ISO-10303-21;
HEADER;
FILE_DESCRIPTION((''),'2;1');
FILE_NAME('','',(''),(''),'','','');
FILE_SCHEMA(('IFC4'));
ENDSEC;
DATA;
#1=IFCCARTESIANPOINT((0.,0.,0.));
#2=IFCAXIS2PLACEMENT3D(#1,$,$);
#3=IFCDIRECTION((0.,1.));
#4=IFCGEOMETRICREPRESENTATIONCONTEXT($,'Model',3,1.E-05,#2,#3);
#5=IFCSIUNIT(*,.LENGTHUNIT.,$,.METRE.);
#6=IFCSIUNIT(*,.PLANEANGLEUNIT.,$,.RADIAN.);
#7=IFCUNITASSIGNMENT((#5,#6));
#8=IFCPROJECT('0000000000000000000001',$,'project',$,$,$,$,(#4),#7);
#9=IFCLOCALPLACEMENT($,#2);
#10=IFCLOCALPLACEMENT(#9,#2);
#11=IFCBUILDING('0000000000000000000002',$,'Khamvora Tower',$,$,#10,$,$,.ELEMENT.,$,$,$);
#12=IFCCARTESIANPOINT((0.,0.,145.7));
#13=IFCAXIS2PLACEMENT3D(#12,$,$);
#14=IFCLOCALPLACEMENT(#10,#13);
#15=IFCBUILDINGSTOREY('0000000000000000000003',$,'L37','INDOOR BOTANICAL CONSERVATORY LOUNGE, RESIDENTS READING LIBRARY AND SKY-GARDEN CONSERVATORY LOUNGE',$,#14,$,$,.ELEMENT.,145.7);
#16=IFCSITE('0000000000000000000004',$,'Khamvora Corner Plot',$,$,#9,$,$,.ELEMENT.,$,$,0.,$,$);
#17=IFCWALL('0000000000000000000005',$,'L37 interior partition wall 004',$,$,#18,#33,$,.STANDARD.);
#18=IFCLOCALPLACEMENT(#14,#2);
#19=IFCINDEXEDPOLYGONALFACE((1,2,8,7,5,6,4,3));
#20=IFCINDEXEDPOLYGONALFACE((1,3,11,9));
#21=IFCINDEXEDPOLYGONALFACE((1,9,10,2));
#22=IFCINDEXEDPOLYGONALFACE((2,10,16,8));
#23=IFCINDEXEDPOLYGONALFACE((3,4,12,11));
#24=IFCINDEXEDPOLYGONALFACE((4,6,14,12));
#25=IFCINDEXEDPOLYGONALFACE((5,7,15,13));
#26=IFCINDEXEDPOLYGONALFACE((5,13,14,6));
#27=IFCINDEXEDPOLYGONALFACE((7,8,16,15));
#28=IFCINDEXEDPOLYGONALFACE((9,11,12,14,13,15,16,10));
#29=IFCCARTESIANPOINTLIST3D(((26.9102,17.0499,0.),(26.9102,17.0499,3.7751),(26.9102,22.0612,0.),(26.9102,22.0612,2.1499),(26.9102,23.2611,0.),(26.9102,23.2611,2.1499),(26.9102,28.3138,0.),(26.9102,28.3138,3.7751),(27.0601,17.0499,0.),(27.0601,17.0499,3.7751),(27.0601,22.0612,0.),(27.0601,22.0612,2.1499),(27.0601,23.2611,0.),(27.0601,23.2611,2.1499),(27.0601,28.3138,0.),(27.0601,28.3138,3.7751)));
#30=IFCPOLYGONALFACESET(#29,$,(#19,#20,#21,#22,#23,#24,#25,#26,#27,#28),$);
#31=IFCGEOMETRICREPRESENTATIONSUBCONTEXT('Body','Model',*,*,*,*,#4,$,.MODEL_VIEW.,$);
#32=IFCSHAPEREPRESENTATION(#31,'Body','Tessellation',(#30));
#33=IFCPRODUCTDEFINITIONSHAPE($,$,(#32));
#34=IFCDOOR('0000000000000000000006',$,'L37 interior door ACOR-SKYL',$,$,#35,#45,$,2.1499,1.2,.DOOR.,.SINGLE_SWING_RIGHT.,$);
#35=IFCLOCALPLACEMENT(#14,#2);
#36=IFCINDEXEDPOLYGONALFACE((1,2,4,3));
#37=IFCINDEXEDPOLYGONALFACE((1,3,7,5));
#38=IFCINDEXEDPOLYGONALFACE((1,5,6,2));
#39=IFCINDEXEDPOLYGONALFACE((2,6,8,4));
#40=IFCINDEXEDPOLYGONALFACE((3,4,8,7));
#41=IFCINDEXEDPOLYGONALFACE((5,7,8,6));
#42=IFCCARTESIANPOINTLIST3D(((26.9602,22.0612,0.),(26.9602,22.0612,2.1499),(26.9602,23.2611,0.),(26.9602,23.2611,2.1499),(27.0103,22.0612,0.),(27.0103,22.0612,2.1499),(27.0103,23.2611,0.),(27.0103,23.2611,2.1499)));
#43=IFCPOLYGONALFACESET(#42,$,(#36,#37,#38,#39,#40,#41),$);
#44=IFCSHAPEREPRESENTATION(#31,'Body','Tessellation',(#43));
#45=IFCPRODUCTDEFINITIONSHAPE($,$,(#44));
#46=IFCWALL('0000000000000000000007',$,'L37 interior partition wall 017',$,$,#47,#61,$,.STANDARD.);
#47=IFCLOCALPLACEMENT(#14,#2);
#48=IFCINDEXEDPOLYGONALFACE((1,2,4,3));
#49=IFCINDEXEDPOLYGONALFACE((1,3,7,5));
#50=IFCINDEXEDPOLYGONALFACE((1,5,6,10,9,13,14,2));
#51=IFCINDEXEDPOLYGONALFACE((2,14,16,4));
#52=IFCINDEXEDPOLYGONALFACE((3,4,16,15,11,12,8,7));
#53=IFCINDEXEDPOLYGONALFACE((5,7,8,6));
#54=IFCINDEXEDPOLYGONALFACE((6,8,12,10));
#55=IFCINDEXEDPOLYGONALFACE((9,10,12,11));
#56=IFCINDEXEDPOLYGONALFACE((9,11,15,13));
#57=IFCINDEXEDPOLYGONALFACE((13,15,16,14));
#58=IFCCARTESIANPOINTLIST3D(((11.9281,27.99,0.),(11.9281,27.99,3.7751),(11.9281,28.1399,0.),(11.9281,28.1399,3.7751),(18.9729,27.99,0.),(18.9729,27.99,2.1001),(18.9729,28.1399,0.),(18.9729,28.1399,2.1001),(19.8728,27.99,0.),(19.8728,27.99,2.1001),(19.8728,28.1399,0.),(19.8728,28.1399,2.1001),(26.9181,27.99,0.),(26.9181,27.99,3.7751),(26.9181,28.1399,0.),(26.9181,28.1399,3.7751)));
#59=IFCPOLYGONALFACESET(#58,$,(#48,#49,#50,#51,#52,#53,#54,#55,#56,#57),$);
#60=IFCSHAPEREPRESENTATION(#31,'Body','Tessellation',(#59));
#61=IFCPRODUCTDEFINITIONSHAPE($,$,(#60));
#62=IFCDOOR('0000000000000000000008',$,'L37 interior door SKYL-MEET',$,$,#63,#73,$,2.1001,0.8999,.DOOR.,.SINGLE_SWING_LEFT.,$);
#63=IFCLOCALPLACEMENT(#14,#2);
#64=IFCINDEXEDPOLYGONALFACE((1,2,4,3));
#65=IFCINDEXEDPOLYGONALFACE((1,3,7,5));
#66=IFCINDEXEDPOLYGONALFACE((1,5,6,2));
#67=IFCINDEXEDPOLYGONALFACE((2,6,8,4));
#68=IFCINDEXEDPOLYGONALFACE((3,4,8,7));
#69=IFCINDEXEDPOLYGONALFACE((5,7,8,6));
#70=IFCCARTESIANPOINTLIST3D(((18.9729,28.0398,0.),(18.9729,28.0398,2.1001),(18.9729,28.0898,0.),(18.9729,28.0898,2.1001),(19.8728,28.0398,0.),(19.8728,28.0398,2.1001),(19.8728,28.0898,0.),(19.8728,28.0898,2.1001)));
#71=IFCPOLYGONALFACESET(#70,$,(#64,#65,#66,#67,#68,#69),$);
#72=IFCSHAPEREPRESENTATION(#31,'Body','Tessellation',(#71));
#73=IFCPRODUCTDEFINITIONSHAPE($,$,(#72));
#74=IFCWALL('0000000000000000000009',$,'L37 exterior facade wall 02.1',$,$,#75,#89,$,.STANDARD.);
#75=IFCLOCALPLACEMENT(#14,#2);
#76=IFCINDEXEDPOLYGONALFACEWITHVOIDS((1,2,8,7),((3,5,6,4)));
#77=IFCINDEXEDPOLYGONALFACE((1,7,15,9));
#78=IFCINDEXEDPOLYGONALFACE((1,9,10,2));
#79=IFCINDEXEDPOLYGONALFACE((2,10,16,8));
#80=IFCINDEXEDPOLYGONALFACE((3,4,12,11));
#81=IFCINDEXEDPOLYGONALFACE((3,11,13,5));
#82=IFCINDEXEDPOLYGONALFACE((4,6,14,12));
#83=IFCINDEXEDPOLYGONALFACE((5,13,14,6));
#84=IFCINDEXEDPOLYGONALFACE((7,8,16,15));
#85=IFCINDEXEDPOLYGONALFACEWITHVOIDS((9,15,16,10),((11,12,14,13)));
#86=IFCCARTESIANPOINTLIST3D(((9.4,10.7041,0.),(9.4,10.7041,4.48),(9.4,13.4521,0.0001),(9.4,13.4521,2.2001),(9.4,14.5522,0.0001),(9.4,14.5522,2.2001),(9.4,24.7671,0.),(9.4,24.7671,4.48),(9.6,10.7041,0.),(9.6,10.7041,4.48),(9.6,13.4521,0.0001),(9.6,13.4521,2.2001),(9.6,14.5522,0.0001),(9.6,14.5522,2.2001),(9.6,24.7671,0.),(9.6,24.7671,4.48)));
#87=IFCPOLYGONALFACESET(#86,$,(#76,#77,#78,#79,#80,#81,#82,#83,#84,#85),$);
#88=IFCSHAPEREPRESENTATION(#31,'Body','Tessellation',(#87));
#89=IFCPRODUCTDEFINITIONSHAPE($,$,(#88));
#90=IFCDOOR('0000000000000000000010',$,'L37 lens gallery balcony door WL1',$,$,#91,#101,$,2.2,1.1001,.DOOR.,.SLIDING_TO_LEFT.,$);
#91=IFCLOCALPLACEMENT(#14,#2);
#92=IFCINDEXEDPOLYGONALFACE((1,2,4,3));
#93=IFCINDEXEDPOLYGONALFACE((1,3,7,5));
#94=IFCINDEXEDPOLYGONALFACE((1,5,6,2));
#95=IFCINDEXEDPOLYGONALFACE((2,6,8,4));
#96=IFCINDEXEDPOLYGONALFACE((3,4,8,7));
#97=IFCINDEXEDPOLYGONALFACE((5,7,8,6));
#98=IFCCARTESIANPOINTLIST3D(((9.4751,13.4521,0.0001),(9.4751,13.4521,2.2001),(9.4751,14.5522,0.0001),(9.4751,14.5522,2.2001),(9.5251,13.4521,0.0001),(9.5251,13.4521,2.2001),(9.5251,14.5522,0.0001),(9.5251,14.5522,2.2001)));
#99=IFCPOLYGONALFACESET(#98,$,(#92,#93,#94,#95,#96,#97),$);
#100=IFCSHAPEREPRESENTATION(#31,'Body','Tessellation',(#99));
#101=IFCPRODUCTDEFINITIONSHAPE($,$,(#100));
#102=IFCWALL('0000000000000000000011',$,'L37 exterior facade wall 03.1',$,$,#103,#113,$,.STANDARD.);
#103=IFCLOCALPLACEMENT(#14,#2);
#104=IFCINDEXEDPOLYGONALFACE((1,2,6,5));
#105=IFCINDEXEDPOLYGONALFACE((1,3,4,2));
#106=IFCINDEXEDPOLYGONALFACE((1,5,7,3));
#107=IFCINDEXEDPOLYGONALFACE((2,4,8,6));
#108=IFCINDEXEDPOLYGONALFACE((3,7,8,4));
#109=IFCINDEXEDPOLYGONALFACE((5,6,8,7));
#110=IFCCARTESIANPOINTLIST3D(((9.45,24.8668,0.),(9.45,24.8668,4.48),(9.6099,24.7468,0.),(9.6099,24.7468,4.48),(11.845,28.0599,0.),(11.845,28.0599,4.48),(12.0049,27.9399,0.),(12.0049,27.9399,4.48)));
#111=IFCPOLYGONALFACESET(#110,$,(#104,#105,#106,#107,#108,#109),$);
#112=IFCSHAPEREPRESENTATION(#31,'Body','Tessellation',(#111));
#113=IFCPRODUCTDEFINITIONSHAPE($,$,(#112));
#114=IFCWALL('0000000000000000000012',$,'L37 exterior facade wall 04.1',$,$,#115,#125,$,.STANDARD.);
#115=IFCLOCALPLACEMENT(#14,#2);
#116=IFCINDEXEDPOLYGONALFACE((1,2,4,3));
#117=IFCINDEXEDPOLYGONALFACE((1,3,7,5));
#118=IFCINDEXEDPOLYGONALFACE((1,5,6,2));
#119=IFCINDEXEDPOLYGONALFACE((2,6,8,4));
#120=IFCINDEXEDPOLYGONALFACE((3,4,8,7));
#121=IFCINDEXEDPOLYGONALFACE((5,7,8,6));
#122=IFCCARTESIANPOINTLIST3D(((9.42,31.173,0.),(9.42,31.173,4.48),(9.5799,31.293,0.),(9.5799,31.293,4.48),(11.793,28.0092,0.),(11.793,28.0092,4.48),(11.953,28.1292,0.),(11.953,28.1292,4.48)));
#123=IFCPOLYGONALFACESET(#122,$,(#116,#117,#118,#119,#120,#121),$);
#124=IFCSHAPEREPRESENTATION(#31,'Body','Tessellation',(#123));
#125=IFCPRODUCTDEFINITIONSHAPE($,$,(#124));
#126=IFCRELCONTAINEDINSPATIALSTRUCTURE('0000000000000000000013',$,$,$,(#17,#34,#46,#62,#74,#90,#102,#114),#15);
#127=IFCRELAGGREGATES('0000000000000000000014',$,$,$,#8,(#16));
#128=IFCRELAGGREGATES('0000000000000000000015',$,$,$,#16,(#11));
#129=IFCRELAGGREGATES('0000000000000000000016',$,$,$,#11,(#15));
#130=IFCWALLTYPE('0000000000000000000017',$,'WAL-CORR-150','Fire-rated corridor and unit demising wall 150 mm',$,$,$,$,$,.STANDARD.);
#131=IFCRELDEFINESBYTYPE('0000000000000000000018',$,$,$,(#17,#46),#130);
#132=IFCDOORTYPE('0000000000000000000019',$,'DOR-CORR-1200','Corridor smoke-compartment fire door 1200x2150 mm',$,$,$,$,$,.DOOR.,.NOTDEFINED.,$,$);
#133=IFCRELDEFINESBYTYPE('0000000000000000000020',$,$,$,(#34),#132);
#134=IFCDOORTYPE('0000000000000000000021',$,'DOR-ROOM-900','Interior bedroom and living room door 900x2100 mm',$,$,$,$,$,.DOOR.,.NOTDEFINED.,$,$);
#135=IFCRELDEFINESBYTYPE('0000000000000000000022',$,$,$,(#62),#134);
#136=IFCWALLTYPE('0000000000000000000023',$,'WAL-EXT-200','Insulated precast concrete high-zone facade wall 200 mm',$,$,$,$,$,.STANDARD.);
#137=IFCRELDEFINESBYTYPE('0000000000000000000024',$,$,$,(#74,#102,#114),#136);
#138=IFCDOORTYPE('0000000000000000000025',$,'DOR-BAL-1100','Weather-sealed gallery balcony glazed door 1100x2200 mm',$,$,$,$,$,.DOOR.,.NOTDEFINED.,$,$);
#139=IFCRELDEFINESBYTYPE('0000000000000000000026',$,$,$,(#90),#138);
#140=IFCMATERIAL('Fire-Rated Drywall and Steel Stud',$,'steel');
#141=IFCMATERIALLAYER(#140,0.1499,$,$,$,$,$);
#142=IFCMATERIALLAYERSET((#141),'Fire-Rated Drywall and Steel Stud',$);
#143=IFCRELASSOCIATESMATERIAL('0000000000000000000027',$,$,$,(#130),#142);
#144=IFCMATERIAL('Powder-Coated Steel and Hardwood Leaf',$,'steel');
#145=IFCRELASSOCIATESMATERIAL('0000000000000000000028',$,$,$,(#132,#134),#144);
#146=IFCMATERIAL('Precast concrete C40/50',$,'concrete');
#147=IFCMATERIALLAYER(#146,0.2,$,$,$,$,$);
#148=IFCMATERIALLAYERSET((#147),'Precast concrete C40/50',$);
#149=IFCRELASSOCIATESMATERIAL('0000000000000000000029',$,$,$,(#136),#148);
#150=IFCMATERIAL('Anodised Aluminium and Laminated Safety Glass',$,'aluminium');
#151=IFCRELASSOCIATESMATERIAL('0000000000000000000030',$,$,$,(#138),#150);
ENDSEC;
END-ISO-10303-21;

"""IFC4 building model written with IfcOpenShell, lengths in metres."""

from ifc_helpers import new_model, si_unit, direction, frame, frame_2d, origin, place, context, subcontext, project, spatial, rectangle, extrude, material, layer, layer_set, type_object, element, fill, save


model = new_model("IFC4")

# Units and contexts
model_context = context("Model", 3, precision=1e-05, world=origin(), true_north=direction((0.0, 1.0)))
body_context = subcontext(model_context, "Body", "Model", "MODEL_VIEW")
ifc_project = project(units=[si_unit("LENGTHUNIT", "METRE"), si_unit("PLANEANGLEUNIT", "RADIAN")], contexts=[model_context])

# Site, building, storey
site_placement = place(None, origin())
site = spatial("IfcSite", under=ifc_project, at=site_placement, Name="Khamvora Corner Plot", CompositionType="ELEMENT", RefElevation=0.0)
building_placement = place(site_placement, origin())
building = spatial("IfcBuilding", under=site, at=building_placement, Name="Khamvora Tower", CompositionType="ELEMENT")
storey_placement = place(building_placement, frame((0.0, 0.0, 145.7)))
storey = spatial("IfcBuildingStorey", under=building, at=storey_placement, Name="L37", Description="INDOOR BOTANICAL CONSERVATORY LOUNGE, RESIDENTS READING LIBRARY AND SKY-GARDEN CONSERVATORY LOUNGE", CompositionType="ELEMENT", Elevation=145.7)

# Walls, openings, doors
ifc_material_1 = material(Name="Fire-Rated Drywall and Steel Stud", Category="steel")
ifc_layer_1 = layer(ifc_material_1, 0.1499)
ifc_layer_set_1 = layer_set([ifc_layer_1], Name="Fire-Rated Drywall and Steel Stud")
wall_type_1 = type_object("IfcWallType", Name="WAL-CORR-150", Description="Fire-rated corridor and unit demising wall 150 mm", PredefinedType="STANDARD", material=ifc_layer_set_1)
wall_1_placement = place(storey_placement, frame((26.9851, 17.05, 0.0), z_axis=(0.0, 0.0, 1.0), x_axis=(0.0, 1.0, 0.0)))
wall_1 = element("IfcWall", 1, at=wall_1_placement, inside=storey, type_object=wall_type_1, Name="L37 interior partition wall 004", PredefinedType="STANDARD", context=body_context, shape_type="SweptSolid", body=[
    extrude(rectangle(XDim=11.2639, YDim=0.1499, at=frame_2d((5.6318, 0.0))), origin(), (0.0, 0.0, 1.0), 3.7751),
])
opening_1_placement = place(wall_1_placement, frame((5.011, 0.0, 0.0)))
opening_1 = element("IfcOpeningElement", 2, at=opening_1_placement, cuts=wall_1, PredefinedType="OPENING", context=body_context, shape_type="SweptSolid", body=[
    extrude(rectangle(XDim=1.2, YDim=2.1499, at=frame_2d((0.6001, 1.075))), frame((0.0, 0.085, 0.0), z_axis=(0.0, -1.0, 0.0), x_axis=(1.0, 0.0, 0.0)), (0.0, 0.0, 1.0), 0.1699),
])
ifc_material_2 = material(Name="Powder-Coated Steel and Hardwood Leaf", Category="steel")
door_type_1 = type_object("IfcDoorType", Name="DOR-CORR-1200", Description="Corridor smoke-compartment fire door 1200x2150 mm", OperationType="NOTDEFINED", PredefinedType="DOOR", material=ifc_material_2)
door_1_placement = place(opening_1_placement, origin())
door_1 = element("IfcDoor", 3, at=door_1_placement, inside=storey, type_object=door_type_1, Name="L37 interior door ACOR-SKYL", OperationType="SINGLE_SWING_RIGHT", OverallHeight=2.1499, OverallWidth=1.2, PredefinedType="DOOR", context=body_context, shape_type="SweptSolid", body=[
    extrude(rectangle(XDim=1.2, YDim=2.1499, at=frame_2d((0.6001, 1.075))), frame((0.0, 0.0249, 0.0), z_axis=(0.0, -1.0, 0.0), x_axis=(1.0, 0.0, 0.0)), (0.0, 0.0, 1.0), 0.05),
])
fill(opening_1, door_1)
wall_2_placement = place(storey_placement, frame((11.928, 28.0649, 0.0), z_axis=(0.0, 0.0, 1.0), x_axis=(1.0, 0.0, 0.0)))
wall_2 = element("IfcWall", 4, at=wall_2_placement, inside=storey, type_object=wall_type_1, Name="L37 interior partition wall 017", PredefinedType="STANDARD", context=body_context, shape_type="SweptSolid", body=[
    extrude(rectangle(XDim=14.99, YDim=0.1499, at=frame_2d((7.4951, 0.0))), origin(), (0.0, 0.0, 1.0), 3.7751),
])
opening_2_placement = place(wall_2_placement, frame((7.0449, 0.0, 0.0)))
opening_2 = element("IfcOpeningElement", 5, at=opening_2_placement, cuts=wall_2, PredefinedType="OPENING", context=body_context, shape_type="SweptSolid", body=[
    extrude(rectangle(XDim=0.8999, YDim=2.1001, at=frame_2d((0.45, 1.05))), frame((0.0, 0.085, 0.0), z_axis=(0.0, -1.0, 0.0), x_axis=(1.0, 0.0, 0.0)), (0.0, 0.0, 1.0), 0.1699),
])
door_type_2 = type_object("IfcDoorType", Name="DOR-ROOM-900", Description="Interior bedroom and living room door 900x2100 mm", OperationType="NOTDEFINED", PredefinedType="DOOR", material=ifc_material_2)
door_2_placement = place(opening_2_placement, origin())
door_2 = element("IfcDoor", 6, at=door_2_placement, inside=storey, type_object=door_type_2, Name="L37 interior door SKYL-MEET", OperationType="SINGLE_SWING_LEFT", OverallHeight=2.1001, OverallWidth=0.8999, PredefinedType="DOOR", context=body_context, shape_type="SweptSolid", body=[
    extrude(rectangle(XDim=0.8999, YDim=2.1001, at=frame_2d((0.45, 1.05))), frame((0.0, 0.0249, 0.0), z_axis=(0.0, -1.0, 0.0), x_axis=(1.0, 0.0, 0.0)), (0.0, 0.0, 1.0), 0.05),
])
fill(opening_2, door_2)
ifc_material_3 = material(Name="Precast concrete C40/50", Category="concrete")
ifc_layer_2 = layer(ifc_material_3, 0.2)
ifc_layer_set_2 = layer_set([ifc_layer_2], Name="Precast concrete C40/50")
wall_type_2 = type_object("IfcWallType", Name="WAL-EXT-200", Description="Insulated precast concrete high-zone facade wall 200 mm", PredefinedType="STANDARD", material=ifc_layer_set_2)
wall_3_placement = place(storey_placement, frame((9.5, 10.7041, 0.0), z_axis=(0.0, 0.0, 1.0), x_axis=(0.0, 1.0, 0.0)))
wall_3 = element("IfcWall", 7, at=wall_3_placement, inside=storey, type_object=wall_type_2, Name="L37 exterior facade wall 02.1", PredefinedType="STANDARD", context=body_context, shape_type="SweptSolid", body=[
    extrude(rectangle(XDim=14.063, YDim=0.2, at=frame_2d((7.0315, 0.0))), origin(), (0.0, 0.0, 1.0), 4.48),
])
opening_3_placement = place(wall_3_placement, frame((2.748, 0.0, 0.0)))
opening_3 = element("IfcOpeningElement", 8, at=opening_3_placement, cuts=wall_3, PredefinedType="OPENING", context=body_context, shape_type="SweptSolid", body=[
    extrude(rectangle(XDim=1.1001, YDim=2.2, at=frame_2d((0.55, 1.1001))), frame((0.0, 0.1099, 0.0), z_axis=(0.0, -1.0, 0.0), x_axis=(1.0, 0.0, 0.0)), (0.0, 0.0, 1.0), 0.22),
])
ifc_material_4 = material(Name="Anodised Aluminium and Laminated Safety Glass", Category="aluminium")
door_type_3 = type_object("IfcDoorType", Name="DOR-BAL-1100", Description="Weather-sealed gallery balcony glazed door 1100x2200 mm", OperationType="NOTDEFINED", PredefinedType="DOOR", material=ifc_material_4)
door_3_placement = place(opening_3_placement, origin())
door_3 = element("IfcDoor", 9, at=door_3_placement, inside=storey, type_object=door_type_3, Name="L37 lens gallery balcony door WL1", OperationType="SLIDING_TO_LEFT", OverallHeight=2.2, OverallWidth=1.1001, PredefinedType="DOOR", context=body_context, shape_type="SweptSolid", body=[
    extrude(rectangle(XDim=1.1001, YDim=2.2, at=frame_2d((0.55, 1.1001))), frame((0.0, 0.0249, 0.0), z_axis=(0.0, -1.0, 0.0), x_axis=(1.0, 0.0, 0.0)), (0.0, 0.0, 1.0), 0.05),
])
fill(opening_3, door_3)

# Walls
wall_4_placement = place(storey_placement, frame((9.53, 24.8069, 0.0), z_axis=(0.0, 0.0, 1.0), x_axis=(0.600029, 0.799978, 0.0)))
element("IfcWall", 10, at=wall_4_placement, inside=storey, type_object=wall_type_2, Name="L37 exterior facade wall 03.1", PredefinedType="STANDARD", context=body_context, shape_type="SweptSolid", body=[
    extrude(rectangle(XDim=3.9915, YDim=0.2, at=frame_2d((1.9956, 0.0))), origin(), (0.0, 0.0, 1.0), 4.48),
])
wall_5_placement = place(storey_placement, frame((11.873, 28.0691, 0.0), z_axis=(0.0, 0.0, 1.0), x_axis=(-0.60003, 0.799978, 0.0)))
element("IfcWall", 11, at=wall_5_placement, inside=storey, type_object=wall_type_2, Name="L37 exterior facade wall 04.1", PredefinedType="STANDARD", context=body_context, shape_type="SweptSolid", body=[
    extrude(rectangle(XDim=3.9548, YDim=0.2, at=frame_2d((1.9775, 0.0))), origin(), (0.0, 0.0, 1.0), 4.48),
])

save(model, "model.ifc")
